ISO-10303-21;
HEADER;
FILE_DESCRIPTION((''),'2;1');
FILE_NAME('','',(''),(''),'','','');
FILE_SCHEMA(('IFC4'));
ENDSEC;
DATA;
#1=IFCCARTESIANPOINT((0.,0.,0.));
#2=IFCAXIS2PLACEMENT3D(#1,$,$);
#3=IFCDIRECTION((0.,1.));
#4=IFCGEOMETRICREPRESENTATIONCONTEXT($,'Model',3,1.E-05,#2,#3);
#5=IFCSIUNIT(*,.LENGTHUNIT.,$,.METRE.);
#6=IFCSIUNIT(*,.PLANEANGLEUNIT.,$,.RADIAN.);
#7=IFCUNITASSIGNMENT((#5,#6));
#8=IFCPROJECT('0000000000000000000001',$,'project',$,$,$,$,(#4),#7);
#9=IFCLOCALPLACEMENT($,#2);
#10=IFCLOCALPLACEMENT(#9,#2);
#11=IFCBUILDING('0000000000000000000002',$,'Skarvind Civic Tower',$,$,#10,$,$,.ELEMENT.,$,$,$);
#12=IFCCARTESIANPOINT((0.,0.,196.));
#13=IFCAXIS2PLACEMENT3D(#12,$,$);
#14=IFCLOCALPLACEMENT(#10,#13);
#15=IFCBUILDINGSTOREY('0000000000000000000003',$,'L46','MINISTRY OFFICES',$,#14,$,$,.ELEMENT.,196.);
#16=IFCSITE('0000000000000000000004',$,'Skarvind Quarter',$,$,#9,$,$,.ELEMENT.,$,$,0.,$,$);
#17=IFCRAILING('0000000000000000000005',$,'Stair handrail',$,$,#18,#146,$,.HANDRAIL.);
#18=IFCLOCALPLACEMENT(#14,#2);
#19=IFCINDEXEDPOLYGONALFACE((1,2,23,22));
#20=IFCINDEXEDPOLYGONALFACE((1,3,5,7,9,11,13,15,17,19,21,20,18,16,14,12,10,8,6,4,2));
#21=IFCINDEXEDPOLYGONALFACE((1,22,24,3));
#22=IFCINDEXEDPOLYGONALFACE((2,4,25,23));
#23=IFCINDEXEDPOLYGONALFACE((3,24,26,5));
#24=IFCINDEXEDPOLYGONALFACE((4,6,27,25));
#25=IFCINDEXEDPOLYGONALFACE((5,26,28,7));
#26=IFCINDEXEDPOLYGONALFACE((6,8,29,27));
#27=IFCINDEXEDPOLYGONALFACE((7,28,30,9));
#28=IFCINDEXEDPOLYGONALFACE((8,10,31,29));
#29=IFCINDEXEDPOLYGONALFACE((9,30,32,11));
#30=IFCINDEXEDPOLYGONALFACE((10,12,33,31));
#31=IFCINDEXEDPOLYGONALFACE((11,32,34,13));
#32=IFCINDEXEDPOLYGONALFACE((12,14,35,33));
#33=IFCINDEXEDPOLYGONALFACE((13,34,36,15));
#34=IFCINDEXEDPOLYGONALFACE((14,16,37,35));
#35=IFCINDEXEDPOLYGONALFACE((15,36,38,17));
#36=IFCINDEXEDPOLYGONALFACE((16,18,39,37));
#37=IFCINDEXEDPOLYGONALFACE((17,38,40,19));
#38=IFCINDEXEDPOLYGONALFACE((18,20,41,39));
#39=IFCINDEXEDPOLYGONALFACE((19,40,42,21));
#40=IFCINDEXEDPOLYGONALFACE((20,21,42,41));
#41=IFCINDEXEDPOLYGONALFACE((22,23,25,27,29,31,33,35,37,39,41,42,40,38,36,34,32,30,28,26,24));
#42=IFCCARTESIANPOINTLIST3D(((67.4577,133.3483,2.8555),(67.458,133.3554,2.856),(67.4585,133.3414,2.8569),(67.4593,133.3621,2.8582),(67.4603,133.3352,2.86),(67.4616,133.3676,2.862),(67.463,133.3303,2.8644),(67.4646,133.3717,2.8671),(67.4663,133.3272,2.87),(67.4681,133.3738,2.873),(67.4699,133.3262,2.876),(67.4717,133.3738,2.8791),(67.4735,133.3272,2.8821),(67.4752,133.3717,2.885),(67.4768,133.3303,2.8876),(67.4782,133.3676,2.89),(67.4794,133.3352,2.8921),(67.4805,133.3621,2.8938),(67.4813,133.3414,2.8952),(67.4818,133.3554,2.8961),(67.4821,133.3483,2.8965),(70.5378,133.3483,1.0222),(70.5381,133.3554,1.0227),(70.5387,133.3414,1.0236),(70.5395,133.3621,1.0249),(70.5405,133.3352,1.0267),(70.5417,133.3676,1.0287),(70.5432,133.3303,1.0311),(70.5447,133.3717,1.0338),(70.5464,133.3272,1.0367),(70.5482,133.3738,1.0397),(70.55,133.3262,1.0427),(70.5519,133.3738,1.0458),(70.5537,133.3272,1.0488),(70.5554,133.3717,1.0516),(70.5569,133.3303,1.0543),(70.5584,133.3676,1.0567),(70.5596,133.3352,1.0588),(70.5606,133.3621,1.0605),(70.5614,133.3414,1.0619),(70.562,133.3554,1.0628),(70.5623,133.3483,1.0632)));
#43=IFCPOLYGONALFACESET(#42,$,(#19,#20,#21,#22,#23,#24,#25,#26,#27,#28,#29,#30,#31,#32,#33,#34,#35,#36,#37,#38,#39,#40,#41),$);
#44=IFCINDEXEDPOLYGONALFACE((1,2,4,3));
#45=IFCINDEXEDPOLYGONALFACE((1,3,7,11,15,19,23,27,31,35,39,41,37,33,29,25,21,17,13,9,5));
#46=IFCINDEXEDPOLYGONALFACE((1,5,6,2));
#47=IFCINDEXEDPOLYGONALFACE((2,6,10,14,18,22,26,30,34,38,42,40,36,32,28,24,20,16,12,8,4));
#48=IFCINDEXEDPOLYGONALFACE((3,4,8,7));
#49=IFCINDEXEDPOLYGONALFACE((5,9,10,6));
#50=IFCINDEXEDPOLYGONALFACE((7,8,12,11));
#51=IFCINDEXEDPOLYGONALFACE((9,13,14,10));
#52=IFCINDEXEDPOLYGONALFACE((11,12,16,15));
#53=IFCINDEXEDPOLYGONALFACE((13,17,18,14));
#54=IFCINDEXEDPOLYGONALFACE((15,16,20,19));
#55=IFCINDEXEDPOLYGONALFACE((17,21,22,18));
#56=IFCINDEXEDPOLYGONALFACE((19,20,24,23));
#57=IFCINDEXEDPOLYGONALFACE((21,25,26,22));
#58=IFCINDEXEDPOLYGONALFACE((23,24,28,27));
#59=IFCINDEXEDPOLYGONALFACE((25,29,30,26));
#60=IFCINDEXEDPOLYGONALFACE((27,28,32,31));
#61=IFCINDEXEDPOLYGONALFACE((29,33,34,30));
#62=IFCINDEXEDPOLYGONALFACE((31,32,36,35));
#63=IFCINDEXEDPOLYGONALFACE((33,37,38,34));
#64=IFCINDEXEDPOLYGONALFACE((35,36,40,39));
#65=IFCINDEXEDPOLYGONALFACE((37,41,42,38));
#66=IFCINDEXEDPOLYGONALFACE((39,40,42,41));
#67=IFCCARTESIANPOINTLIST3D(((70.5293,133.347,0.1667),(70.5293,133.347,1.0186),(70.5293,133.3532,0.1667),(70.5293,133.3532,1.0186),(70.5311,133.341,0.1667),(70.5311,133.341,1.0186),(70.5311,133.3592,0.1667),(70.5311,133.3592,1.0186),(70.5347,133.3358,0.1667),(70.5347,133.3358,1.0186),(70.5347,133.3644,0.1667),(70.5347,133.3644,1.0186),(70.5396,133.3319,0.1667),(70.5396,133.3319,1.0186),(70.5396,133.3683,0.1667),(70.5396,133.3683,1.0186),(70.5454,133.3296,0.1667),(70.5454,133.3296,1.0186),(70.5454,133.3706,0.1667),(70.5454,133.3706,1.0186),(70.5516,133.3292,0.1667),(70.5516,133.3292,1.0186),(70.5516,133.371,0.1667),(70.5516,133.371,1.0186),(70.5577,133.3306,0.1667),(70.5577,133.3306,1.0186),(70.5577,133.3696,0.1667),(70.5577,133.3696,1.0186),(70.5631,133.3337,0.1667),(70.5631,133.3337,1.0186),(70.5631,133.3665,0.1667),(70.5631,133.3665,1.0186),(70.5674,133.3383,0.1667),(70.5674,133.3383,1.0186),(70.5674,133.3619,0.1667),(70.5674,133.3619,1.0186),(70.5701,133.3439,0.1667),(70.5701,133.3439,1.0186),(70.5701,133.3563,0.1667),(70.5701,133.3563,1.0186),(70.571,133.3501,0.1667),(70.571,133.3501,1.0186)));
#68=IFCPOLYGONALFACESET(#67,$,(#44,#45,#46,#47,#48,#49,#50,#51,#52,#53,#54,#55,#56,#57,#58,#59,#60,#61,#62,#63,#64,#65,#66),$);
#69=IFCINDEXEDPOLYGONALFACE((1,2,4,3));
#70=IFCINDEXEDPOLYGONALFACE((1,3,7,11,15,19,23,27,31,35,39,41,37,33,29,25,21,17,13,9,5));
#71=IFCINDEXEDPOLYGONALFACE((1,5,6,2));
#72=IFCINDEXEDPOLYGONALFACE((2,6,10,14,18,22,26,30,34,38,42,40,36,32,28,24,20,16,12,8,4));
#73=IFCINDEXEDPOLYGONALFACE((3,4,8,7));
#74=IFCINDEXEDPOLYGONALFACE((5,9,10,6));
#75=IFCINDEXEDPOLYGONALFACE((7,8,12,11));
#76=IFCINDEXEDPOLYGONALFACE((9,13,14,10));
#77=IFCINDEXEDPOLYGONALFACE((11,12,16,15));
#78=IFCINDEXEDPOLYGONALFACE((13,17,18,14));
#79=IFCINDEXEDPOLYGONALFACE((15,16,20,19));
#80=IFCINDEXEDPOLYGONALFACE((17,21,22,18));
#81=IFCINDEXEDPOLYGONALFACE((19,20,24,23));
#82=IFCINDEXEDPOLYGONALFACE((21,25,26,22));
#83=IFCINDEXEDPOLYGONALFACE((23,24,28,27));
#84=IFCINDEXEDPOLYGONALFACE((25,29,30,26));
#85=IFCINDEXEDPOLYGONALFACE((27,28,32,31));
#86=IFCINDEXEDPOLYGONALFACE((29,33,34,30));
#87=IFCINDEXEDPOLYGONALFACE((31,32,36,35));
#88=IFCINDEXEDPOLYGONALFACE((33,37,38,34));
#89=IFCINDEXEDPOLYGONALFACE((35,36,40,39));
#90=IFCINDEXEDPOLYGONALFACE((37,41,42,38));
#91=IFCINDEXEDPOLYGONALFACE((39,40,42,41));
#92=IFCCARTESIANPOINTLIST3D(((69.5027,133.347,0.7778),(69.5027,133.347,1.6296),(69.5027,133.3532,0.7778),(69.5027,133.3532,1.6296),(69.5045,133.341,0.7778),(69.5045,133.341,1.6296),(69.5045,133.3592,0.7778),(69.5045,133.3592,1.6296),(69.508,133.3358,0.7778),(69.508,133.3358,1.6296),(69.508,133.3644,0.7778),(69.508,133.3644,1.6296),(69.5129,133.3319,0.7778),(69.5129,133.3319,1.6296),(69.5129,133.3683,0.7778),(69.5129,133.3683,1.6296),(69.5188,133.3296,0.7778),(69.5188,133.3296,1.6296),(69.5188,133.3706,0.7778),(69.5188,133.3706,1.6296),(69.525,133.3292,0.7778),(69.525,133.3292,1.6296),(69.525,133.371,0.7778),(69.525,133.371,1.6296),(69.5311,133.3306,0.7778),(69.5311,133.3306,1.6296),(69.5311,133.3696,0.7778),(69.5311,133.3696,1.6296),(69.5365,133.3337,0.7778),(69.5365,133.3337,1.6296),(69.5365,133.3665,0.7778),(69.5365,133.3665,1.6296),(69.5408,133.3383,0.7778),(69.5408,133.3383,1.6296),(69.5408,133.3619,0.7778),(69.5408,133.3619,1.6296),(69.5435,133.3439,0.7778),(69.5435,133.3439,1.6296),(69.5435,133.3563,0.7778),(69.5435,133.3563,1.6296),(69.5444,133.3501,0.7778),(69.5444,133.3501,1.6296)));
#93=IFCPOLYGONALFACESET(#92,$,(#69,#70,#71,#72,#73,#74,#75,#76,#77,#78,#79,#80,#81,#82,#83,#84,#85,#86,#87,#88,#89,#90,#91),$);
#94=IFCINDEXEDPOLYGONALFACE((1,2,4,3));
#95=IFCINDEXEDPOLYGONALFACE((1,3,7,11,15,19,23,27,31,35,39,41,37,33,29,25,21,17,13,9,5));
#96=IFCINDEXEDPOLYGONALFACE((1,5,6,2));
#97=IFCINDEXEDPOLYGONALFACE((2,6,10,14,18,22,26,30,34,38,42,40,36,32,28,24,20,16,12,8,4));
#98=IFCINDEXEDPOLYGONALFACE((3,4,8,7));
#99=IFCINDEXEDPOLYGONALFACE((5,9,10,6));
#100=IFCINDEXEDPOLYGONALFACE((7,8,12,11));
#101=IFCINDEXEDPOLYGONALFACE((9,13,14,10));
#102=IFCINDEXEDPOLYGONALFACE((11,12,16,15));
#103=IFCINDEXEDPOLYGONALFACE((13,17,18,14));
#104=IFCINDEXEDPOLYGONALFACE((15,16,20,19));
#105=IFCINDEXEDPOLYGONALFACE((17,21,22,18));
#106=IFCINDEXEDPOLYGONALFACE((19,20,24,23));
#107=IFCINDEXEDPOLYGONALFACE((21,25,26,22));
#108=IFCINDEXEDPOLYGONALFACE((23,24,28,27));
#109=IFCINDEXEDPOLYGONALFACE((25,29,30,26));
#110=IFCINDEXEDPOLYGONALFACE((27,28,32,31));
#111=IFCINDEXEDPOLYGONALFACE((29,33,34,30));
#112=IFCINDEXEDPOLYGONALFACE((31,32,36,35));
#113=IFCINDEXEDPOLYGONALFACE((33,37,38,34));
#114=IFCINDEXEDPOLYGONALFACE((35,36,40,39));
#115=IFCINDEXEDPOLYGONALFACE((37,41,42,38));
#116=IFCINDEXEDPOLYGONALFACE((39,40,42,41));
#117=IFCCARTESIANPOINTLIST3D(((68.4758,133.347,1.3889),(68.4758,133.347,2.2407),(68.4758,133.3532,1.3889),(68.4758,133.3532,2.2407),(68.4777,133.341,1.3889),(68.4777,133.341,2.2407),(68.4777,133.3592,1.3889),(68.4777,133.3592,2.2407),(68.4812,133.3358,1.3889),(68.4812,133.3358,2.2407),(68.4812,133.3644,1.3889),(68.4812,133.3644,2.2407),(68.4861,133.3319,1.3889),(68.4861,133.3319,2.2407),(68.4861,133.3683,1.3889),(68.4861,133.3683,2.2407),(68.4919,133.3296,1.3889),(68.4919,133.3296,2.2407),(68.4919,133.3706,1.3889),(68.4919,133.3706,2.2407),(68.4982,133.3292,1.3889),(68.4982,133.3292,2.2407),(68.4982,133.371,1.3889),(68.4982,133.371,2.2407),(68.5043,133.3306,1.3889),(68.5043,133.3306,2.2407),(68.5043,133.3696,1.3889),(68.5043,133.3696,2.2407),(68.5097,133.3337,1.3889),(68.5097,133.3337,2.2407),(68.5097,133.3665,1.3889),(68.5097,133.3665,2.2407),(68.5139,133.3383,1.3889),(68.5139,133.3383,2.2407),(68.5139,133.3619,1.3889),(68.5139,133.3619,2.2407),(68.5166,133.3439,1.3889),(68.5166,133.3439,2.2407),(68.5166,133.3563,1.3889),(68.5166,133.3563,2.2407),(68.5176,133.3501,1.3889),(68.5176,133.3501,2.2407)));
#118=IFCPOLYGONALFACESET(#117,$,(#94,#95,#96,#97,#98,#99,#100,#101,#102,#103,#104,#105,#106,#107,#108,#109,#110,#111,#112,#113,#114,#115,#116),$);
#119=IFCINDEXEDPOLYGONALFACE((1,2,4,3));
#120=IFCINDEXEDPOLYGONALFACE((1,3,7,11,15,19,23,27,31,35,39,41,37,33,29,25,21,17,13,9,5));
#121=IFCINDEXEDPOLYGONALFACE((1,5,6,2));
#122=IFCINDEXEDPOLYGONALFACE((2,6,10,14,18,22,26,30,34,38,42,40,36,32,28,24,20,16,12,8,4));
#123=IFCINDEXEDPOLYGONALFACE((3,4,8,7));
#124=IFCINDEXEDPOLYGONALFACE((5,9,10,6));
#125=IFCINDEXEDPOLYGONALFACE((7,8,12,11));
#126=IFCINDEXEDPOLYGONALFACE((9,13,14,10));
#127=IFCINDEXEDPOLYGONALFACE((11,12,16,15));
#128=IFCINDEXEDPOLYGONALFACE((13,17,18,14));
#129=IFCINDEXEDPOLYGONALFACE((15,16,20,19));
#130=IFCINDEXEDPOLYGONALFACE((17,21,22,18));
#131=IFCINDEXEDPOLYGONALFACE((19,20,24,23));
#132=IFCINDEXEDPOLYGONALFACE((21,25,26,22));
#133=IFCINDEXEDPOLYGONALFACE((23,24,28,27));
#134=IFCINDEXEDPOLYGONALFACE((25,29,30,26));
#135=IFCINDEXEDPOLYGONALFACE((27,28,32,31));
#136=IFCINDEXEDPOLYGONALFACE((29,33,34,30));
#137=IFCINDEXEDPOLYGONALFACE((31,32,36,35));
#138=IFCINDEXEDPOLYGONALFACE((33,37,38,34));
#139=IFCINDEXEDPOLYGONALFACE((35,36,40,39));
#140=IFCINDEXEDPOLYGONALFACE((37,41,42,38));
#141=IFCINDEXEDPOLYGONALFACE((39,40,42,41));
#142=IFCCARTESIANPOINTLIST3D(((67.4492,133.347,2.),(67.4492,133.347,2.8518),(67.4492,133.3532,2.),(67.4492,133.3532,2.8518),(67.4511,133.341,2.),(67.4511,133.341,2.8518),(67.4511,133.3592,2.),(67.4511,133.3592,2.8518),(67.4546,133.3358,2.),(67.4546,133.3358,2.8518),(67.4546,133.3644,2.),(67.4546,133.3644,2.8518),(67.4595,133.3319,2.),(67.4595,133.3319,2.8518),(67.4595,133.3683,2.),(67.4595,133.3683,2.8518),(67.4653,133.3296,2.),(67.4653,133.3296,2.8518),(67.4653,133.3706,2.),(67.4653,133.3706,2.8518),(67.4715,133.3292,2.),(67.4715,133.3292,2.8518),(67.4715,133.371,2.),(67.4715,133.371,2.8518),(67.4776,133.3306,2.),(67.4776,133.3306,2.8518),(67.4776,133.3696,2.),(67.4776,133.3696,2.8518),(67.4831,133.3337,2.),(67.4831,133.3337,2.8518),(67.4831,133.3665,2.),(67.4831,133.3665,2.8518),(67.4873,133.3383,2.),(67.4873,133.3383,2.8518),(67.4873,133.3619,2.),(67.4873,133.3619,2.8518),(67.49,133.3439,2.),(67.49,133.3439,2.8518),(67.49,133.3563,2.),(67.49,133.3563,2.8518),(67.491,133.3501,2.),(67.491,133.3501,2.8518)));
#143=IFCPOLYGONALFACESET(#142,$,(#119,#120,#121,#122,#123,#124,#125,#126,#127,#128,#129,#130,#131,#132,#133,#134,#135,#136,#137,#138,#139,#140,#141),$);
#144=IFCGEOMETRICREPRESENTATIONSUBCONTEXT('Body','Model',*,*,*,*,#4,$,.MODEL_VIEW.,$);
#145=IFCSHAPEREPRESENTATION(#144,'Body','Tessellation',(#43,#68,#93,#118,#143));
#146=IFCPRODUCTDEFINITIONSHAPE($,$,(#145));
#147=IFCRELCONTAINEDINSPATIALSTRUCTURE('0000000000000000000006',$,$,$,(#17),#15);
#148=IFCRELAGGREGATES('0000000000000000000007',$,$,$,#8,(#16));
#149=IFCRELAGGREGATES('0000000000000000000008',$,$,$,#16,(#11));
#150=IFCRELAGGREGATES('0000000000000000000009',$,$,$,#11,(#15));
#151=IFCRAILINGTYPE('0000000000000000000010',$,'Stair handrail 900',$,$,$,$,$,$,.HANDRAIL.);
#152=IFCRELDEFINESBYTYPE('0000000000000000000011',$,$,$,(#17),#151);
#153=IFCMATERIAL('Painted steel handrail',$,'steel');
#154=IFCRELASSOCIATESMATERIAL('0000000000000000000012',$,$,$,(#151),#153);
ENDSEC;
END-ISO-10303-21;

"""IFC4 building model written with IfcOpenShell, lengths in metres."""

from ifc_helpers import new_model, si_unit, direction, frame, origin, origin_2d, place, context, subcontext, project, spatial, circle, extrude, material, type_object, element, save


model = new_model("IFC4")

# Units and contexts
model_context = context("Model", 3, precision=1e-05, world=origin(), true_north=direction((0.0, 1.0)))
body_context = subcontext(model_context, "Body", "Model", "MODEL_VIEW")
ifc_project = project(units=[si_unit("LENGTHUNIT", "METRE"), si_unit("PLANEANGLEUNIT", "RADIAN")], contexts=[model_context])

# Site, building, storey
site_placement = place(None, origin())
site = spatial("IfcSite", under=ifc_project, at=site_placement, Name="Skarvind Quarter", CompositionType="ELEMENT", RefElevation=0.0)
building_placement = place(site_placement, origin())
building = spatial("IfcBuilding", under=site, at=building_placement, Name="Skarvind Civic Tower", CompositionType="ELEMENT")
storey_placement = place(building_placement, frame((0.0, 0.0, 196.0)))
storey = spatial("IfcBuildingStorey", under=building, at=storey_placement, Name="L46", Description="MINISTRY OFFICES", CompositionType="ELEMENT", Elevation=196.0)

# Railing
ifc_material_1 = material(Name="Painted steel handrail", Category="steel")
railing_type = type_object("IfcRailingType", Name="Stair handrail 900", PredefinedType="HANDRAIL", material=ifc_material_1)
railing_1_placement = place(storey_placement, frame((70.55, 133.3501, 0.1667)))
element("IfcRailing", 1, at=railing_1_placement, inside=storey, type_object=railing_type, Name="Stair handrail", PredefinedType="HANDRAIL", context=body_context, shape_type="SweptSolid", body=[
    extrude(circle(Radius=0.0239, at=origin_2d()), frame((0.0, 0.0, 0.876), z_axis=(-0.859309, 0.0, 0.511458), x_axis=(0.0, -1.0, 0.0)), (0.0, 0.0, 1.0), 3.5845),
    extrude(circle(Radius=0.021, at=origin_2d()), origin(), (0.0, 0.0, 1.0), 0.8518),
    extrude(circle(Radius=0.021, at=origin_2d()), frame((-1.0266, 0.0, 0.6111)), (0.0, 0.0, 1.0), 0.8518),
    extrude(circle(Radius=0.021, at=origin_2d()), frame((-2.0535, 0.0, 1.2222)), (0.0, 0.0, 1.0), 0.8518),
    extrude(circle(Radius=0.021, at=origin_2d()), frame((-3.0801, 0.0, 1.8333)), (0.0, 0.0, 1.0), 0.8518),
])

save(model, "model.ifc")
